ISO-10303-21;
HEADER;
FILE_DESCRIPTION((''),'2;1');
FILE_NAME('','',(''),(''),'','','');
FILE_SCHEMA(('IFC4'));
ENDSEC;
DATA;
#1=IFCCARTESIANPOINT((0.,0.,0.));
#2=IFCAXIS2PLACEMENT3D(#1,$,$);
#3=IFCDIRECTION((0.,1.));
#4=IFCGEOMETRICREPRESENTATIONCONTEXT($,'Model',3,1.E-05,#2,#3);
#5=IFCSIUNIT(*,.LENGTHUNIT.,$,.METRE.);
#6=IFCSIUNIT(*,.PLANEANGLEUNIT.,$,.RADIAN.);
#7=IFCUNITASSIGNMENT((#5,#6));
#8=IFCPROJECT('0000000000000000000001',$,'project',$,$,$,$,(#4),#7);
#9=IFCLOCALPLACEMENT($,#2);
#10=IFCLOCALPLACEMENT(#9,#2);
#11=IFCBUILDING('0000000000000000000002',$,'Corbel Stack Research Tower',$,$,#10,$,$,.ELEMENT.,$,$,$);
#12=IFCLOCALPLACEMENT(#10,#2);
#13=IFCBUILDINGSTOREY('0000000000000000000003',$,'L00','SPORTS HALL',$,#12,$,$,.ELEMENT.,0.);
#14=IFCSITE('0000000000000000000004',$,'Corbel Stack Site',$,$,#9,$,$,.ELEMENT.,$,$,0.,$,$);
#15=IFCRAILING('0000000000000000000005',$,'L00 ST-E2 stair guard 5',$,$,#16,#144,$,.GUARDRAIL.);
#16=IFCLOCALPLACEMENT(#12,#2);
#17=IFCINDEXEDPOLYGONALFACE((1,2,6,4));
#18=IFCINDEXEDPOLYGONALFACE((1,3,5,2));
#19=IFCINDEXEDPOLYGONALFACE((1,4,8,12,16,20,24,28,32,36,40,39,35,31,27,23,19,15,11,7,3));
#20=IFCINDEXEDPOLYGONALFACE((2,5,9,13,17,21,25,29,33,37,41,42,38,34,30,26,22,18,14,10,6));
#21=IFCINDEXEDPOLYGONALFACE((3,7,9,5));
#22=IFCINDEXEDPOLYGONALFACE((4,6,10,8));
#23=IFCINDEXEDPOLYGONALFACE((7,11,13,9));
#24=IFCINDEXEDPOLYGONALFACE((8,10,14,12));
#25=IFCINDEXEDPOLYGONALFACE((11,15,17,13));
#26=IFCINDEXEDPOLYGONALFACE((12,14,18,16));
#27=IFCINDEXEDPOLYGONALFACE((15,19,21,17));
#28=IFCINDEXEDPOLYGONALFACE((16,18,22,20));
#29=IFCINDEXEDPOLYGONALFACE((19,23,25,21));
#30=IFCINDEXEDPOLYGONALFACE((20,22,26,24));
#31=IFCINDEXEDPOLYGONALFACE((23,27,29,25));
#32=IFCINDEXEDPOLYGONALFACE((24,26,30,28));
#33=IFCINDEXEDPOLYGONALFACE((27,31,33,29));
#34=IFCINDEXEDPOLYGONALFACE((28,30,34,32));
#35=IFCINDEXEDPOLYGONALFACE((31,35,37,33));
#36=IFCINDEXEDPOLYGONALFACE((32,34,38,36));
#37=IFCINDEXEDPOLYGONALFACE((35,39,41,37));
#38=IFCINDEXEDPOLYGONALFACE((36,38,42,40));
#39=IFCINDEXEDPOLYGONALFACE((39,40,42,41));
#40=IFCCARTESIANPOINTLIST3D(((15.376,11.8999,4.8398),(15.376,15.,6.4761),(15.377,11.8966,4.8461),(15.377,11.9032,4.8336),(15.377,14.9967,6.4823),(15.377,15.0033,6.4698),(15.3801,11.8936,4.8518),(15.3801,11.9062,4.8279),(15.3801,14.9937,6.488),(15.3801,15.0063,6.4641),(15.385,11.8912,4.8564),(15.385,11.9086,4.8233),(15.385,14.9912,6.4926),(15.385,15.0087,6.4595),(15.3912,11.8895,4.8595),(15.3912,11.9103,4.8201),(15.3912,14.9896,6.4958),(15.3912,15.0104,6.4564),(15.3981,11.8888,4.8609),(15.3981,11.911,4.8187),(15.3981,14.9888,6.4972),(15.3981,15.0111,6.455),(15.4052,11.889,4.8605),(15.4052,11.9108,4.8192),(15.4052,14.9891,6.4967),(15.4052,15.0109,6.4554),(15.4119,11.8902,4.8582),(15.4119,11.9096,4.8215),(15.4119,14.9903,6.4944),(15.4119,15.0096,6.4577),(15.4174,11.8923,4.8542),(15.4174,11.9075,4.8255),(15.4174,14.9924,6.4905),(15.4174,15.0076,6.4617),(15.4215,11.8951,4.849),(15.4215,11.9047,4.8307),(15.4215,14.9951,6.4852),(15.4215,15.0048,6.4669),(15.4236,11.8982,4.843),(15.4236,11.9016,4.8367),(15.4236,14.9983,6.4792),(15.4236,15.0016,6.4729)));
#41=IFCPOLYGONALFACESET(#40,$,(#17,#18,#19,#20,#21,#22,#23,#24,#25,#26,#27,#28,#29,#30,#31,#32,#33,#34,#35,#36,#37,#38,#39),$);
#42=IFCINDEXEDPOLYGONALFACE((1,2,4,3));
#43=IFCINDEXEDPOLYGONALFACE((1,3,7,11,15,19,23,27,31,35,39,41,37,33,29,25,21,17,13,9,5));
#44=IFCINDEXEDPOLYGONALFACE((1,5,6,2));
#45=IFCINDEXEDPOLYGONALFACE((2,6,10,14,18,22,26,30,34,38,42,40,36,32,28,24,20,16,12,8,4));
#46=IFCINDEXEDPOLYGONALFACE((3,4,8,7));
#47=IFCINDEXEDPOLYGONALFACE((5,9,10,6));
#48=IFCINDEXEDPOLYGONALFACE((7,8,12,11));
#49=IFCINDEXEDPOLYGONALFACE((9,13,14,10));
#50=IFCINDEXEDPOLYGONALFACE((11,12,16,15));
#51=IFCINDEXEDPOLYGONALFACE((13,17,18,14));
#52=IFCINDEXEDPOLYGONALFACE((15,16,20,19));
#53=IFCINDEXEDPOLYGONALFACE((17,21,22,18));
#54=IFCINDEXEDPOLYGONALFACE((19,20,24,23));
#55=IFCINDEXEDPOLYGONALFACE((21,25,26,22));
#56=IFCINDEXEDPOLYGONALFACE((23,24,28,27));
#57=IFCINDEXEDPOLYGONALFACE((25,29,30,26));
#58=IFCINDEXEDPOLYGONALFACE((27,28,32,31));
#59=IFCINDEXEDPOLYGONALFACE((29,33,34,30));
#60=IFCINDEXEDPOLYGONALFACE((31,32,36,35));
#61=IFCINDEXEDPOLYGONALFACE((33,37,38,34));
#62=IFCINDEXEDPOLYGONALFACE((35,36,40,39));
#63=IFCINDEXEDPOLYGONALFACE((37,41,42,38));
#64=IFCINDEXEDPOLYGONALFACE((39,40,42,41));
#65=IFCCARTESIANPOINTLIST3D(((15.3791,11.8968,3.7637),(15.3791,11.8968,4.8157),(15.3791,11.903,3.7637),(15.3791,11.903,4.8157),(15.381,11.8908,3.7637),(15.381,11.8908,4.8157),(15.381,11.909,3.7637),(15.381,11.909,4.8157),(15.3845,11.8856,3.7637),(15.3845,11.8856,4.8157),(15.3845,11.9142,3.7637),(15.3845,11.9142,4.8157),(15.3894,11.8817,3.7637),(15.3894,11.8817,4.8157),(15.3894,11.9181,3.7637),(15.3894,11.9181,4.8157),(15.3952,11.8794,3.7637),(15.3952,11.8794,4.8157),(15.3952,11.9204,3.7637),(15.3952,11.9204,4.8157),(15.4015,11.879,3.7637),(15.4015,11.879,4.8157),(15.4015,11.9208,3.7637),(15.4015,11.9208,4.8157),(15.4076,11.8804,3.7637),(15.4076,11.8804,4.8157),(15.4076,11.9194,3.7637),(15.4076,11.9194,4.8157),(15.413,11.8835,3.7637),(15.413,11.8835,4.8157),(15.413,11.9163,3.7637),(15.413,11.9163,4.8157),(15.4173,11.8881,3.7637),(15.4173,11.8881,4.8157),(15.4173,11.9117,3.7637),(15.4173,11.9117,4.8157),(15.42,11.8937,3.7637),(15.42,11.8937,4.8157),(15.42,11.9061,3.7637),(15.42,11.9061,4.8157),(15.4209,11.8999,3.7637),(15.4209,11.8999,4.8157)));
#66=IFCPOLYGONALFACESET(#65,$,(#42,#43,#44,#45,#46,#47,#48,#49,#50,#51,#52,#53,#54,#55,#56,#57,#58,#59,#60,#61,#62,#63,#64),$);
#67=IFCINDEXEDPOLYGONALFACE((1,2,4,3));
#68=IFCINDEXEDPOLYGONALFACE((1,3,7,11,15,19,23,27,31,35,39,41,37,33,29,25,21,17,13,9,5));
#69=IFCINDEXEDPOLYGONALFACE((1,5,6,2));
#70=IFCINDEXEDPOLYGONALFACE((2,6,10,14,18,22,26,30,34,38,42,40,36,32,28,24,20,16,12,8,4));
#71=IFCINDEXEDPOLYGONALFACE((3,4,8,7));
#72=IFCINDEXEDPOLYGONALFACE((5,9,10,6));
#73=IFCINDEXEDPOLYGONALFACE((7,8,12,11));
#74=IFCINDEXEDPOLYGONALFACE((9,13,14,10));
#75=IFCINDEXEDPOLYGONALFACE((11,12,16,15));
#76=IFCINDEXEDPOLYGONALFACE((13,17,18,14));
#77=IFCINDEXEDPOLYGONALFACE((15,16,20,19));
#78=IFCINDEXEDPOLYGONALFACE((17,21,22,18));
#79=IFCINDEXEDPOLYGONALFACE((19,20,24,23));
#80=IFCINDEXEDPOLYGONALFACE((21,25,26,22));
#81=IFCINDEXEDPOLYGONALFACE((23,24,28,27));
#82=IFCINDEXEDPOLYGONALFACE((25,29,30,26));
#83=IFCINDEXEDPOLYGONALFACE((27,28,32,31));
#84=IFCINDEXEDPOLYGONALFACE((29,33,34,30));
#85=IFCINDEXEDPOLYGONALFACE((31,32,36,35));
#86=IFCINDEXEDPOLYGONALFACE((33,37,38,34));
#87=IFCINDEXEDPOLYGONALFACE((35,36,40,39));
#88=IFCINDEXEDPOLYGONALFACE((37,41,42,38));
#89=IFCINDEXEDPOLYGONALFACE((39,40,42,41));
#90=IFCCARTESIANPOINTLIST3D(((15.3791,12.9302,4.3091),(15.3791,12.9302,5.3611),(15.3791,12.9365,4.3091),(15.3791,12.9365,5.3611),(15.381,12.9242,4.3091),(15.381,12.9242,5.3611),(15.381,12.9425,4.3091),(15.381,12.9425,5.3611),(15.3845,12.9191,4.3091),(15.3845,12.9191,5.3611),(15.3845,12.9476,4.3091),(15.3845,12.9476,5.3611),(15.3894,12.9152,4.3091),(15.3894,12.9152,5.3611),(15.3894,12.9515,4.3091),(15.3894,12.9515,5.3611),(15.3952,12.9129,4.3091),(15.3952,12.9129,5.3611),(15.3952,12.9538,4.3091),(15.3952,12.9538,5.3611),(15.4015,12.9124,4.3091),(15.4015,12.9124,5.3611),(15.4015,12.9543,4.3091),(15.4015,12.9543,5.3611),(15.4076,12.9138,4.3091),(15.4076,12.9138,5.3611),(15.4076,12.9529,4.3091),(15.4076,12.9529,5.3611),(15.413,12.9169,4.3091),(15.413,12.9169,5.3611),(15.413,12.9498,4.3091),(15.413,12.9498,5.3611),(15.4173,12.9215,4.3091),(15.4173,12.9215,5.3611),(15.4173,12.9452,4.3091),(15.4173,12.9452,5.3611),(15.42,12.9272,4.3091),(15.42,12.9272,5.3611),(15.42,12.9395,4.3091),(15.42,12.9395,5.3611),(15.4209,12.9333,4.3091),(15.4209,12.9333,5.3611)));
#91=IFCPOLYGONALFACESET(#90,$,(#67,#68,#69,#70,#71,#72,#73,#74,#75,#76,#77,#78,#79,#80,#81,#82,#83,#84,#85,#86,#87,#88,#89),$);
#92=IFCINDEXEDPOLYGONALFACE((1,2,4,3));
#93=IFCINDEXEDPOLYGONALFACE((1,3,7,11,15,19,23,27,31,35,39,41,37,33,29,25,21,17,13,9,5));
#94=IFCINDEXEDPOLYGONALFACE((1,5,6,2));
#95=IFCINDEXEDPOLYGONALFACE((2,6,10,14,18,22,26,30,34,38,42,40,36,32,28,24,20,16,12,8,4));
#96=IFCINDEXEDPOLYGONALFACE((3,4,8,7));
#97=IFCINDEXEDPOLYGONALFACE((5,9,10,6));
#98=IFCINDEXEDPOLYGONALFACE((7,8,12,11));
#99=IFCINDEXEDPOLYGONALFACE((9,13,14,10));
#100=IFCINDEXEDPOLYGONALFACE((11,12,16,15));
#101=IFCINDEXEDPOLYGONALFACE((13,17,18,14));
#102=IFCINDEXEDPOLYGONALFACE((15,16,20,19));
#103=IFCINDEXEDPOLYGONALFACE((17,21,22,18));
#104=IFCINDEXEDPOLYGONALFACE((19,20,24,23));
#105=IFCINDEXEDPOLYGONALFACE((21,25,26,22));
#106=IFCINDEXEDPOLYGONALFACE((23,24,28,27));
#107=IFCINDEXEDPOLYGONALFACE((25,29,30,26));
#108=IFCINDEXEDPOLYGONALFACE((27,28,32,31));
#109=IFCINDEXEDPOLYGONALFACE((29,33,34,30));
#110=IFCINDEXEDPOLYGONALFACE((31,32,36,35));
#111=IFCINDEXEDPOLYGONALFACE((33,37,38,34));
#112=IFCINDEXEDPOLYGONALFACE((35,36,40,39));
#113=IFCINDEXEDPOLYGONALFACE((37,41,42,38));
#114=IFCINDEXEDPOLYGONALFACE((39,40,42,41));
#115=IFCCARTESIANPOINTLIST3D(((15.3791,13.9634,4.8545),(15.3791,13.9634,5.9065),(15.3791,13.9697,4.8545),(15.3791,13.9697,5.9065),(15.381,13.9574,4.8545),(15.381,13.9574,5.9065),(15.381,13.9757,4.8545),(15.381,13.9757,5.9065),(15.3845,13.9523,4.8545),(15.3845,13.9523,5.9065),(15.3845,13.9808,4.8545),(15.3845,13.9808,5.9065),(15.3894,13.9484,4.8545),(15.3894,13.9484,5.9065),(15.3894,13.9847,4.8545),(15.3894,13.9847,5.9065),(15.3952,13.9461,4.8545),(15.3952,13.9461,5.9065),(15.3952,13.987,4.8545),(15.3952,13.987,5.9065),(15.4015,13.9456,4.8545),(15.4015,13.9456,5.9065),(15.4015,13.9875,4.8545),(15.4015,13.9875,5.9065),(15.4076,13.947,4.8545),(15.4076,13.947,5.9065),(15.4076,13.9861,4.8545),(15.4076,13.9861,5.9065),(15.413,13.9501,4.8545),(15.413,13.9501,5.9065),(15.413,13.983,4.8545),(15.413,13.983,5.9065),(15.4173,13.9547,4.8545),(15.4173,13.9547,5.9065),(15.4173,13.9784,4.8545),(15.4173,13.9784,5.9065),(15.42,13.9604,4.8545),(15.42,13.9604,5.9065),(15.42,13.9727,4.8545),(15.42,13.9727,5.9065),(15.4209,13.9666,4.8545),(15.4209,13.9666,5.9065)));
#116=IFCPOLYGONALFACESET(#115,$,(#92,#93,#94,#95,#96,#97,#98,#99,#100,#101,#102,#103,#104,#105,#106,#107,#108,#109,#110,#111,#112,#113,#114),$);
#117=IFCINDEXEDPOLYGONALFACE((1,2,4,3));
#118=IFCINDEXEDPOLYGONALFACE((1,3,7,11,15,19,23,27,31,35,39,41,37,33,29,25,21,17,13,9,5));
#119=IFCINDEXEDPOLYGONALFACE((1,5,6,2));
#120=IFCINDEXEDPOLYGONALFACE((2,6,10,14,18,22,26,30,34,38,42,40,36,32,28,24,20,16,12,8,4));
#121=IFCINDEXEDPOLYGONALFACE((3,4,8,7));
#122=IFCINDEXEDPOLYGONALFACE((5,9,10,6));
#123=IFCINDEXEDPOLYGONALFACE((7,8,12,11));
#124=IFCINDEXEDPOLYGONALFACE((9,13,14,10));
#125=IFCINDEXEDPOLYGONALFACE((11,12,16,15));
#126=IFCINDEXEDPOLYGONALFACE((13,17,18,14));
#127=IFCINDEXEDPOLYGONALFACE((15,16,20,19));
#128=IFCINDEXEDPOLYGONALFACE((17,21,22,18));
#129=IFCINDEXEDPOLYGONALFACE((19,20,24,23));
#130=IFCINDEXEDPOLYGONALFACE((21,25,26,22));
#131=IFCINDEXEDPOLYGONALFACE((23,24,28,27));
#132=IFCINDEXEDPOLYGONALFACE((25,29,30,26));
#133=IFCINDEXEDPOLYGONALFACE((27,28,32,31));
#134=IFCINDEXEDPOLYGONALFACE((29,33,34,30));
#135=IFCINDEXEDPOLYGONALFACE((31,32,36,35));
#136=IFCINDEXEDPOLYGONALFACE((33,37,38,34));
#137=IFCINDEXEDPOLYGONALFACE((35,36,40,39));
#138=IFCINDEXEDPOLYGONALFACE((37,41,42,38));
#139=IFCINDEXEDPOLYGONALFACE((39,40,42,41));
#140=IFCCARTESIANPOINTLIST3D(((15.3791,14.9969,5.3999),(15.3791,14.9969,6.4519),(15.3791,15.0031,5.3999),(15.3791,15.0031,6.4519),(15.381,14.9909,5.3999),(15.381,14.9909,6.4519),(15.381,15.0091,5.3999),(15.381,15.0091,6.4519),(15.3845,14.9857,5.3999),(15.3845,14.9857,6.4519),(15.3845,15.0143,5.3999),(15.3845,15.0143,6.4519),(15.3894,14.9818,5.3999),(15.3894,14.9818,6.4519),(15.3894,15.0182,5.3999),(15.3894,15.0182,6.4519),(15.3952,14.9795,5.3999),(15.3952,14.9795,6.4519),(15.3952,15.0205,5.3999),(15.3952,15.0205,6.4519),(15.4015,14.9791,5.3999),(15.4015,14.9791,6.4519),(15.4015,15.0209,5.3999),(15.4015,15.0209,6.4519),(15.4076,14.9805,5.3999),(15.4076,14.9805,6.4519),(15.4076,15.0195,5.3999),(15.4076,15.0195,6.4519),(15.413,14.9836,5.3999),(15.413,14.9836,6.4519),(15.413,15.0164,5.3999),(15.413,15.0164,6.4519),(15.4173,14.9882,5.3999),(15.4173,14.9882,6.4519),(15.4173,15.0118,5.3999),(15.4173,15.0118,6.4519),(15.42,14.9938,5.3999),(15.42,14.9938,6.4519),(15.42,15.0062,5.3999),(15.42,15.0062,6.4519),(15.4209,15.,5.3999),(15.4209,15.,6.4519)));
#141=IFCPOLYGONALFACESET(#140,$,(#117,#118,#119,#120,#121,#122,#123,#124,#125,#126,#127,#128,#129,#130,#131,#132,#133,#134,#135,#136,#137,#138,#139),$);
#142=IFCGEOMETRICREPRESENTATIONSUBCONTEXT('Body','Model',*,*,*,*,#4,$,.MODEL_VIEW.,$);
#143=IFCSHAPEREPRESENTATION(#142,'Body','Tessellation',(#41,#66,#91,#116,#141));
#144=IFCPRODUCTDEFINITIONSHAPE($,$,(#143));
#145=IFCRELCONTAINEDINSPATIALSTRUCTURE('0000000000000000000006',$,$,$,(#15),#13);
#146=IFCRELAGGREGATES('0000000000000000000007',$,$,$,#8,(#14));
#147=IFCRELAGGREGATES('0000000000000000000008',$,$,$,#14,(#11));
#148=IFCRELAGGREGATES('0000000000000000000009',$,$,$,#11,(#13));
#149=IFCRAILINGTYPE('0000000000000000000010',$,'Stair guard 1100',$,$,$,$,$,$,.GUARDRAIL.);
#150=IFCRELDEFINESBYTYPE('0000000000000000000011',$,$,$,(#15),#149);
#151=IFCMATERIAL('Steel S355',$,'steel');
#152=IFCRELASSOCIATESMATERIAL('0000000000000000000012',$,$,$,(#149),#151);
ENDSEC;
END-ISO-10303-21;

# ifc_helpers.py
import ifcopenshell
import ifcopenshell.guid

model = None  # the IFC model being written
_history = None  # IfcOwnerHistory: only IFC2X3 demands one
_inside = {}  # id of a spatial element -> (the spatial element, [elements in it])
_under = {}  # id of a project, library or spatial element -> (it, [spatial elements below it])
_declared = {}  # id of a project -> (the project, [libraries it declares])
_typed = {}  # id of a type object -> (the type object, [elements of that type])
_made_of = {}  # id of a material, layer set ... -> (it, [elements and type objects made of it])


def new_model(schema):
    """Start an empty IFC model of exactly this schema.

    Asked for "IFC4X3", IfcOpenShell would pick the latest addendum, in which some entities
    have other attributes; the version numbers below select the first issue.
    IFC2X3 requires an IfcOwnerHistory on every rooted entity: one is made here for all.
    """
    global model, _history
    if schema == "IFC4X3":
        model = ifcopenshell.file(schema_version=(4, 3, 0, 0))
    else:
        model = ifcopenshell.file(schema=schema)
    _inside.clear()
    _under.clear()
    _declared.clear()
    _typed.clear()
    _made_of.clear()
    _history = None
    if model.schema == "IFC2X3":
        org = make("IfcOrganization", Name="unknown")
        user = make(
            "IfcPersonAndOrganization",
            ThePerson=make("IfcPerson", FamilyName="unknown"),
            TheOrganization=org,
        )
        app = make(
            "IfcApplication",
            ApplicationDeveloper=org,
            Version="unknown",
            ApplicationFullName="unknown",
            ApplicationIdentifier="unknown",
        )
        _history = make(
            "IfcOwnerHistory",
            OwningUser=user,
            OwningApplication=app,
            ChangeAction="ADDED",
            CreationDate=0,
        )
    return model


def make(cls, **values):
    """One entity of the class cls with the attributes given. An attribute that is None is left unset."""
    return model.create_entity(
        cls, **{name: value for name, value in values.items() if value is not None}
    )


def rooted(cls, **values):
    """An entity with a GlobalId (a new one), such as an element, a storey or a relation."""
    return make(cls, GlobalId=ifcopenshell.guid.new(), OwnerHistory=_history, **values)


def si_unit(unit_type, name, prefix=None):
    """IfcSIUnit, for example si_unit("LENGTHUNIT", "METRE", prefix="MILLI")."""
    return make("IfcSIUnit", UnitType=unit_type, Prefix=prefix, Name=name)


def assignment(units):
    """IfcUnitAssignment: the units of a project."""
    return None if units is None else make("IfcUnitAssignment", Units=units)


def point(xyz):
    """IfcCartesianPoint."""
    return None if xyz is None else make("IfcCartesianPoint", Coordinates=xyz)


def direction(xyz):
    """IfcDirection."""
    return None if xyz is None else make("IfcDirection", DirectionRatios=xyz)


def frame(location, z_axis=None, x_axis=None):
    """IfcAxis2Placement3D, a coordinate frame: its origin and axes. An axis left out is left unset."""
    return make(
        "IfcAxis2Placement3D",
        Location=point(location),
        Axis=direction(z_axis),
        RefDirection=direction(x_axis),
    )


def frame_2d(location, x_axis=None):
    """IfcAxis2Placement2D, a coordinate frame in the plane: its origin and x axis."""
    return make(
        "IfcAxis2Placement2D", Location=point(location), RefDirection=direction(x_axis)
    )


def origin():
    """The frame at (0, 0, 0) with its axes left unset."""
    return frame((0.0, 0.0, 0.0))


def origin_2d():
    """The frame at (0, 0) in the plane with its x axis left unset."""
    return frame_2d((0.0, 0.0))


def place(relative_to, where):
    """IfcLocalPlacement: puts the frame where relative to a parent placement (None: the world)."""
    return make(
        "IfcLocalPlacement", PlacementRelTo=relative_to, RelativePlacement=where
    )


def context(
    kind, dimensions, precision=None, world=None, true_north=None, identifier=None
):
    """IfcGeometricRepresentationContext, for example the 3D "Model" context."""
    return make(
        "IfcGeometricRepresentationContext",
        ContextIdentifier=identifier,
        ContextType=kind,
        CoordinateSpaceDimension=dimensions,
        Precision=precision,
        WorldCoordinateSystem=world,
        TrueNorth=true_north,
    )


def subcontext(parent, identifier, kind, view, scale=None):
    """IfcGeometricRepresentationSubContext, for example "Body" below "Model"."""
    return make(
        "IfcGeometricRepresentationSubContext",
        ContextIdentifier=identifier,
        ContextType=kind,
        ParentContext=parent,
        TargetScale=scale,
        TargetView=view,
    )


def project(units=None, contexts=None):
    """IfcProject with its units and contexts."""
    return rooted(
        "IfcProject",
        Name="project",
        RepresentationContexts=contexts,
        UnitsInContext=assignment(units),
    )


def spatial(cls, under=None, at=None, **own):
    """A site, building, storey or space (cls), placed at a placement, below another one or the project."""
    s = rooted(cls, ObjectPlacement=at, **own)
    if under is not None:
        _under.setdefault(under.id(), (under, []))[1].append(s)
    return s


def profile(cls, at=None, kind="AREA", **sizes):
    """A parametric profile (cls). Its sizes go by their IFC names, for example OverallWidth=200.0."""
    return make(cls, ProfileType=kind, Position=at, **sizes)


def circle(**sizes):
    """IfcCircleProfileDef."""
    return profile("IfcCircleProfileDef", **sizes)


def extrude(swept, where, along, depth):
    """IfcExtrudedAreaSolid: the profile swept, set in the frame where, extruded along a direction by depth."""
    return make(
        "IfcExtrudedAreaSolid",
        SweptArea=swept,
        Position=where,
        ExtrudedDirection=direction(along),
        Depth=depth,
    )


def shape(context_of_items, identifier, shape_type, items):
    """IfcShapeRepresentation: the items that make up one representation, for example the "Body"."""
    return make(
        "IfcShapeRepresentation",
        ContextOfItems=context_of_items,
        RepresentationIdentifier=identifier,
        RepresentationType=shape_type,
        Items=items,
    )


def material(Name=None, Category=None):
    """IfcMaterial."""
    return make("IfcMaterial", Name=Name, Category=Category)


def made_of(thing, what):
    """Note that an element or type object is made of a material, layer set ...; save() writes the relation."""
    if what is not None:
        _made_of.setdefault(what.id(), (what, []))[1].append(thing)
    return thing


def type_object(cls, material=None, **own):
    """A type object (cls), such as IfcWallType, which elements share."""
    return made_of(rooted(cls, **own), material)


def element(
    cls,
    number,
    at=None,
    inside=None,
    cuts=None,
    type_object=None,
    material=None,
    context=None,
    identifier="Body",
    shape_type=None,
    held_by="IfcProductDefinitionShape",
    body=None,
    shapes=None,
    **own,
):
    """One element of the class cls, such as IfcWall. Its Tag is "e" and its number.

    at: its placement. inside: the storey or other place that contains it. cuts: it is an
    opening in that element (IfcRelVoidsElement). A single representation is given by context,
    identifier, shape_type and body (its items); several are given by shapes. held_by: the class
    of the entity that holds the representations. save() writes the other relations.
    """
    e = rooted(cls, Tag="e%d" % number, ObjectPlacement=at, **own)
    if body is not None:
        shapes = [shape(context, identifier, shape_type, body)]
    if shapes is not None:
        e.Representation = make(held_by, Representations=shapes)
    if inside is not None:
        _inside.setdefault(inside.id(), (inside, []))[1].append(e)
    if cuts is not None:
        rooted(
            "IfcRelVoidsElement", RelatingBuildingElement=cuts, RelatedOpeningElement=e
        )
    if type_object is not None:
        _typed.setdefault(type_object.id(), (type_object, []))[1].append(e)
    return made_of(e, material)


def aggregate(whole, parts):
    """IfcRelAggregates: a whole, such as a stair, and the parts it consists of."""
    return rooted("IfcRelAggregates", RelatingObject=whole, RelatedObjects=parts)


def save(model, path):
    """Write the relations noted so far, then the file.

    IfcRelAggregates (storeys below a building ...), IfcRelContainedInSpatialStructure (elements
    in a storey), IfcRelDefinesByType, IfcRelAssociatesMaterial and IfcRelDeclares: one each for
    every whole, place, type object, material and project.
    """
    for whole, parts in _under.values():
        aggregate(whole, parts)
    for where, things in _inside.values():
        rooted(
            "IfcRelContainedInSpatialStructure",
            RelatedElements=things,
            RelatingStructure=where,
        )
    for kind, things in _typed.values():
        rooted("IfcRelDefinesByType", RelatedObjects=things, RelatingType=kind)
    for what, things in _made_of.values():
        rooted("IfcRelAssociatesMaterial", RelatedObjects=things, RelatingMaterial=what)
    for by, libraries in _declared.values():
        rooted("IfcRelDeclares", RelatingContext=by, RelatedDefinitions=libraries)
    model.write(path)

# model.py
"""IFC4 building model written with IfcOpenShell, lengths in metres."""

from ifc_helpers import new_model, si_unit, direction, frame, origin, origin_2d, place, context, subcontext, project, spatial, circle, extrude, material, type_object, element, save


model = new_model("IFC4")

# Units and contexts
model_context = context("Model", 3, precision=1e-05, world=origin(), true_north=direction((0.0, 1.0)))
body_context = subcontext(model_context, "Body", "Model", "MODEL_VIEW")
ifc_project = project(units=[si_unit("LENGTHUNIT", "METRE"), si_unit("PLANEANGLEUNIT", "RADIAN")], contexts=[model_context])

# Site, building, storey
site_placement = place(None, origin())
site = spatial("IfcSite", under=ifc_project, at=site_placement, Name="Corbel Stack Site", CompositionType="ELEMENT", RefElevation=0.0)
building_placement = place(site_placement, origin())
building = spatial("IfcBuilding", under=site, at=building_placement, Name="Corbel Stack Research Tower", CompositionType="ELEMENT")
storey_placement = place(building_placement, origin())
storey = spatial("IfcBuildingStorey", under=building, at=storey_placement, Name="L00", Description="SPORTS HALL", CompositionType="ELEMENT", Elevation=0.0)

# Railing
ifc_material_1 = material(Name="Steel S355", Category="steel")
railing_type_1 = type_object("IfcRailingType", Name="Stair guard 1100", PredefinedType="GUARDRAIL", material=ifc_material_1)
railing_1_placement = place(storey_placement, frame((15.3999, 11.8999, 3.7637)))
element("IfcRailing", 1, at=railing_1_placement, inside=storey, type_object=railing_type_1, Name="L00 ST-E2 stair guard 5", PredefinedType="GUARDRAIL", context=body_context, shape_type="SweptSolid", body=[
    extrude(circle(Radius=0.0239, at=origin_2d()), frame((0.0, 0.0, 1.0762), z_axis=(0.0, 0.884377, 0.466774), x_axis=(-1.0, 0.0, 0.0)), (0.0, 0.0, 1.0), 3.5054),
    extrude(circle(Radius=0.021, at=origin_2d()), origin(), (0.0, 0.0, 1.0), 1.052),
    extrude(circle(Radius=0.021, at=origin_2d()), frame((0.0, 1.0334, 0.5454)), (0.0, 0.0, 1.0), 1.052),
    extrude(circle(Radius=0.021, at=origin_2d()), frame((0.0, 2.0667, 1.0908)), (0.0, 0.0, 1.0), 1.052),
    extrude(circle(Radius=0.021, at=origin_2d()), frame((0.0, 3.1001, 1.6362)), (0.0, 0.0, 1.0), 1.052),
])

save(model, "model.ifc")
